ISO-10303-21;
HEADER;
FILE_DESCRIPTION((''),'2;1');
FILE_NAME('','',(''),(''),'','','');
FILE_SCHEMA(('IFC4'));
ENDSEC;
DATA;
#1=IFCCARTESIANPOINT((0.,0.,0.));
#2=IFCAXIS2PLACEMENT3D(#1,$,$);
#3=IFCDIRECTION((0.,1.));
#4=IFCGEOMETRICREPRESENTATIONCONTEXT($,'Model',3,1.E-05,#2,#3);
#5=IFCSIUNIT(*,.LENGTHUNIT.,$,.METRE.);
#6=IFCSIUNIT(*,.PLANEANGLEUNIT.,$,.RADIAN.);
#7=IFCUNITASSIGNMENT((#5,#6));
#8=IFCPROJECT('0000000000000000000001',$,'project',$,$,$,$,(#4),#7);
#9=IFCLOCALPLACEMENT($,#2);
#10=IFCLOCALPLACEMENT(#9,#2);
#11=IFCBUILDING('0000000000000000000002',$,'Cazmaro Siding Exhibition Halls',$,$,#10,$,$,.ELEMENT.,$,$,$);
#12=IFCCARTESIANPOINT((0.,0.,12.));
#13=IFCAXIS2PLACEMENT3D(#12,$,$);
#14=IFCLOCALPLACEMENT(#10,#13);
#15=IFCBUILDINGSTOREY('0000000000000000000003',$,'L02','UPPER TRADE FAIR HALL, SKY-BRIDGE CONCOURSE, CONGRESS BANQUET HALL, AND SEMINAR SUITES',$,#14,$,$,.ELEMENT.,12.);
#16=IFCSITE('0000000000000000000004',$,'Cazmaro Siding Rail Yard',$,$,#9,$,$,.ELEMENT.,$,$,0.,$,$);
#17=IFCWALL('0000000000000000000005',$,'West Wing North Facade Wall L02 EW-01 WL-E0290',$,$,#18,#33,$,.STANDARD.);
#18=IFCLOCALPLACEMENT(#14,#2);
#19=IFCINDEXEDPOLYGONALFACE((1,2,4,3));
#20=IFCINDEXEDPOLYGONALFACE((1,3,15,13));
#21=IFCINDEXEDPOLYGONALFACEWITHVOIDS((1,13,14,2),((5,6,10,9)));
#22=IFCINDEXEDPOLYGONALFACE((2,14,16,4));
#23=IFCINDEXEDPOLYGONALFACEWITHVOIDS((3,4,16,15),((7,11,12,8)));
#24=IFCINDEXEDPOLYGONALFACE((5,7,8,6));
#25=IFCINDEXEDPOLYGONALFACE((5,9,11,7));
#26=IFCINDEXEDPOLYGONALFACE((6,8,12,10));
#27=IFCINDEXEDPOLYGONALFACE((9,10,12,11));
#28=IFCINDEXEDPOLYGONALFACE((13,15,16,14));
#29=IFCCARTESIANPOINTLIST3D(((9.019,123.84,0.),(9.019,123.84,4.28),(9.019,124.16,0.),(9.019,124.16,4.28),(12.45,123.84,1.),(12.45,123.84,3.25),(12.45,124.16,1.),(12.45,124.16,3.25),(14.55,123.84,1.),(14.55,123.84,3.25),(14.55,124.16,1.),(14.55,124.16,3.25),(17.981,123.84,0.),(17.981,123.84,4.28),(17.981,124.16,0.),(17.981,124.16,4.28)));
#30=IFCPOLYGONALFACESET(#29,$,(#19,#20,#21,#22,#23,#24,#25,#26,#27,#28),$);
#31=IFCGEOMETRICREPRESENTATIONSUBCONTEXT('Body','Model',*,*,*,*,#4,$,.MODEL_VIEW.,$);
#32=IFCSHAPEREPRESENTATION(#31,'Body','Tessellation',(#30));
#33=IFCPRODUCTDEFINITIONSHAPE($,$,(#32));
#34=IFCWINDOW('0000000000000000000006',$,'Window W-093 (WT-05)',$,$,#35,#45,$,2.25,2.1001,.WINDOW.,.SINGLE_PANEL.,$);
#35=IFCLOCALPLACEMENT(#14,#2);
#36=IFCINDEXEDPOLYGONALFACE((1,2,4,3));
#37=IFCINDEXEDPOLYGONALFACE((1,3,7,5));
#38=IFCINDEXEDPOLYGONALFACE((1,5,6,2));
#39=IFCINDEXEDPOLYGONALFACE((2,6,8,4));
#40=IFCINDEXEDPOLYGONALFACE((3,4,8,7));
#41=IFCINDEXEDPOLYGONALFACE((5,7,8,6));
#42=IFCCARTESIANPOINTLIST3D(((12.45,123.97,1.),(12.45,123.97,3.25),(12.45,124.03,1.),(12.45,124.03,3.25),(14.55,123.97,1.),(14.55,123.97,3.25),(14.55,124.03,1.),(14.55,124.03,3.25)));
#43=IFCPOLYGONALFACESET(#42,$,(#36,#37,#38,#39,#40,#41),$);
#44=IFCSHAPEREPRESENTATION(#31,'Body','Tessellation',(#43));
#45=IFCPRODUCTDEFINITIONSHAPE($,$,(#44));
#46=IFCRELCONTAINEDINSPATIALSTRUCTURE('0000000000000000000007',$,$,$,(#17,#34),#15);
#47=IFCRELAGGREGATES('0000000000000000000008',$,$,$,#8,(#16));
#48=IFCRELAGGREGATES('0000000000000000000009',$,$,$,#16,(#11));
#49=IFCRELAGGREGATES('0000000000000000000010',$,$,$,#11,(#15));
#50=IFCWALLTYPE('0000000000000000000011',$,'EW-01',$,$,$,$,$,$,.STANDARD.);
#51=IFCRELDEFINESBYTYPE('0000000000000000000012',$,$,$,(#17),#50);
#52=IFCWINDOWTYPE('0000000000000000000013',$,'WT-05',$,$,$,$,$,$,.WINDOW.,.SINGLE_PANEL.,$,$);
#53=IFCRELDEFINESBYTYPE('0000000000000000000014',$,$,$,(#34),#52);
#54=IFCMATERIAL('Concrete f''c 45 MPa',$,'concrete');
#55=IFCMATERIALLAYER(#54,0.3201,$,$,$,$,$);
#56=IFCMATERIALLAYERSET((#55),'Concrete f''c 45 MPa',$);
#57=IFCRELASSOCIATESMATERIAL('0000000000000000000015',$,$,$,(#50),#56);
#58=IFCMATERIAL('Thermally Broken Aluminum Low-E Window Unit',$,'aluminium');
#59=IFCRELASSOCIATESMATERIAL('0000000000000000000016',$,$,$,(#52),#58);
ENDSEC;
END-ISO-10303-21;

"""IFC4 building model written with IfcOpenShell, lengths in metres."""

from ifc_helpers import new_model, si_unit, direction, frame, frame_2d, origin, place, context, subcontext, project, spatial, rectangle, extrude, material, layer, layer_set, type_object, element, fill, save


model = new_model("IFC4")

# Units and contexts
model_context = context("Model", 3, precision=1e-05, world=origin(), true_north=direction((0.0, 1.0)))
body_context = subcontext(model_context, "Body", "Model", "MODEL_VIEW")
ifc_project = project(units=[si_unit("LENGTHUNIT", "METRE"), si_unit("PLANEANGLEUNIT", "RADIAN")], contexts=[model_context])

# Site, building, storey
site_placement = place(None, origin())
site = spatial("IfcSite", under=ifc_project, at=site_placement, Name="Cazmaro Siding Rail Yard", CompositionType="ELEMENT", RefElevation=0.0)
building_placement = place(site_placement, origin())
building = spatial("IfcBuilding", under=site, at=building_placement, Name="Cazmaro Siding Exhibition Halls", CompositionType="ELEMENT")
storey_placement = place(building_placement, frame((0.0, 0.0, 12.0)))
storey = spatial("IfcBuildingStorey", under=building, at=storey_placement, Name="L02", Description="UPPER TRADE FAIR HALL, SKY-BRIDGE CONCOURSE, CONGRESS BANQUET HALL, AND SEMINAR SUITES", CompositionType="ELEMENT", Elevation=12.0)

# Wall, opening, window
ifc_material_1 = material(Name="Concrete f'c 45 MPa", Category="concrete")
ifc_layer = layer(ifc_material_1, 0.3201)
ifc_layer_set = layer_set([ifc_layer], Name="Concrete f'c 45 MPa")
wall_type = type_object("IfcWallType", Name="EW-01", PredefinedType="STANDARD", material=ifc_layer_set)
wall_placement = place(storey_placement, frame((9.019, 124.0, 0.0), z_axis=(0.0, 0.0, 1.0), x_axis=(1.0, 0.0, 0.0)))
wall = element("IfcWall", 1, at=wall_placement, inside=storey, type_object=wall_type, Name="West Wing North Facade Wall L02 EW-01 WL-E0290", PredefinedType="STANDARD", context=body_context, shape_type="SweptSolid", body=[
    extrude(rectangle(XDim=8.9619, YDim=0.3201, at=frame_2d((4.481, 0.0))), origin(), (0.0, 0.0, 1.0), 4.28),
])
opening_placement = place(wall_placement, frame((3.4309, 0.0, 1.0)))
opening = element("IfcOpeningElement", 2, at=opening_placement, cuts=wall, PredefinedType="OPENING", context=body_context, shape_type="SweptSolid", body=[
    extrude(rectangle(XDim=2.1001, YDim=2.25, at=frame_2d((1.05, 1.125))), frame((0.0, 0.1699, 0.0), z_axis=(0.0, -1.0, 0.0), x_axis=(1.0, 0.0, 0.0)), (0.0, 0.0, 1.0), 0.3401),
])
ifc_material_2 = material(Name="Thermally Broken Aluminum Low-E Window Unit", Category="aluminium")
window_type = type_object("IfcWindowType", Name="WT-05", PartitioningType="SINGLE_PANEL", PredefinedType="WINDOW", material=ifc_material_2)
window_placement = place(opening_placement, origin())
window = element("IfcWindow", 3, at=window_placement, inside=storey, type_object=window_type, Name="Window W-093 (WT-05)", OverallHeight=2.25, OverallWidth=2.1001, PartitioningType="SINGLE_PANEL", PredefinedType="WINDOW", context=body_context, shape_type="SweptSolid", body=[
    extrude(rectangle(XDim=2.1001, YDim=2.25, at=frame_2d((1.05, 1.125))), frame((0.0, 0.03, 0.0), z_axis=(0.0, -1.0, 0.0), x_axis=(1.0, 0.0, 0.0)), (0.0, 0.0, 1.0), 0.0601),
])
fill(opening, window)

save(model, "model.ifc")
